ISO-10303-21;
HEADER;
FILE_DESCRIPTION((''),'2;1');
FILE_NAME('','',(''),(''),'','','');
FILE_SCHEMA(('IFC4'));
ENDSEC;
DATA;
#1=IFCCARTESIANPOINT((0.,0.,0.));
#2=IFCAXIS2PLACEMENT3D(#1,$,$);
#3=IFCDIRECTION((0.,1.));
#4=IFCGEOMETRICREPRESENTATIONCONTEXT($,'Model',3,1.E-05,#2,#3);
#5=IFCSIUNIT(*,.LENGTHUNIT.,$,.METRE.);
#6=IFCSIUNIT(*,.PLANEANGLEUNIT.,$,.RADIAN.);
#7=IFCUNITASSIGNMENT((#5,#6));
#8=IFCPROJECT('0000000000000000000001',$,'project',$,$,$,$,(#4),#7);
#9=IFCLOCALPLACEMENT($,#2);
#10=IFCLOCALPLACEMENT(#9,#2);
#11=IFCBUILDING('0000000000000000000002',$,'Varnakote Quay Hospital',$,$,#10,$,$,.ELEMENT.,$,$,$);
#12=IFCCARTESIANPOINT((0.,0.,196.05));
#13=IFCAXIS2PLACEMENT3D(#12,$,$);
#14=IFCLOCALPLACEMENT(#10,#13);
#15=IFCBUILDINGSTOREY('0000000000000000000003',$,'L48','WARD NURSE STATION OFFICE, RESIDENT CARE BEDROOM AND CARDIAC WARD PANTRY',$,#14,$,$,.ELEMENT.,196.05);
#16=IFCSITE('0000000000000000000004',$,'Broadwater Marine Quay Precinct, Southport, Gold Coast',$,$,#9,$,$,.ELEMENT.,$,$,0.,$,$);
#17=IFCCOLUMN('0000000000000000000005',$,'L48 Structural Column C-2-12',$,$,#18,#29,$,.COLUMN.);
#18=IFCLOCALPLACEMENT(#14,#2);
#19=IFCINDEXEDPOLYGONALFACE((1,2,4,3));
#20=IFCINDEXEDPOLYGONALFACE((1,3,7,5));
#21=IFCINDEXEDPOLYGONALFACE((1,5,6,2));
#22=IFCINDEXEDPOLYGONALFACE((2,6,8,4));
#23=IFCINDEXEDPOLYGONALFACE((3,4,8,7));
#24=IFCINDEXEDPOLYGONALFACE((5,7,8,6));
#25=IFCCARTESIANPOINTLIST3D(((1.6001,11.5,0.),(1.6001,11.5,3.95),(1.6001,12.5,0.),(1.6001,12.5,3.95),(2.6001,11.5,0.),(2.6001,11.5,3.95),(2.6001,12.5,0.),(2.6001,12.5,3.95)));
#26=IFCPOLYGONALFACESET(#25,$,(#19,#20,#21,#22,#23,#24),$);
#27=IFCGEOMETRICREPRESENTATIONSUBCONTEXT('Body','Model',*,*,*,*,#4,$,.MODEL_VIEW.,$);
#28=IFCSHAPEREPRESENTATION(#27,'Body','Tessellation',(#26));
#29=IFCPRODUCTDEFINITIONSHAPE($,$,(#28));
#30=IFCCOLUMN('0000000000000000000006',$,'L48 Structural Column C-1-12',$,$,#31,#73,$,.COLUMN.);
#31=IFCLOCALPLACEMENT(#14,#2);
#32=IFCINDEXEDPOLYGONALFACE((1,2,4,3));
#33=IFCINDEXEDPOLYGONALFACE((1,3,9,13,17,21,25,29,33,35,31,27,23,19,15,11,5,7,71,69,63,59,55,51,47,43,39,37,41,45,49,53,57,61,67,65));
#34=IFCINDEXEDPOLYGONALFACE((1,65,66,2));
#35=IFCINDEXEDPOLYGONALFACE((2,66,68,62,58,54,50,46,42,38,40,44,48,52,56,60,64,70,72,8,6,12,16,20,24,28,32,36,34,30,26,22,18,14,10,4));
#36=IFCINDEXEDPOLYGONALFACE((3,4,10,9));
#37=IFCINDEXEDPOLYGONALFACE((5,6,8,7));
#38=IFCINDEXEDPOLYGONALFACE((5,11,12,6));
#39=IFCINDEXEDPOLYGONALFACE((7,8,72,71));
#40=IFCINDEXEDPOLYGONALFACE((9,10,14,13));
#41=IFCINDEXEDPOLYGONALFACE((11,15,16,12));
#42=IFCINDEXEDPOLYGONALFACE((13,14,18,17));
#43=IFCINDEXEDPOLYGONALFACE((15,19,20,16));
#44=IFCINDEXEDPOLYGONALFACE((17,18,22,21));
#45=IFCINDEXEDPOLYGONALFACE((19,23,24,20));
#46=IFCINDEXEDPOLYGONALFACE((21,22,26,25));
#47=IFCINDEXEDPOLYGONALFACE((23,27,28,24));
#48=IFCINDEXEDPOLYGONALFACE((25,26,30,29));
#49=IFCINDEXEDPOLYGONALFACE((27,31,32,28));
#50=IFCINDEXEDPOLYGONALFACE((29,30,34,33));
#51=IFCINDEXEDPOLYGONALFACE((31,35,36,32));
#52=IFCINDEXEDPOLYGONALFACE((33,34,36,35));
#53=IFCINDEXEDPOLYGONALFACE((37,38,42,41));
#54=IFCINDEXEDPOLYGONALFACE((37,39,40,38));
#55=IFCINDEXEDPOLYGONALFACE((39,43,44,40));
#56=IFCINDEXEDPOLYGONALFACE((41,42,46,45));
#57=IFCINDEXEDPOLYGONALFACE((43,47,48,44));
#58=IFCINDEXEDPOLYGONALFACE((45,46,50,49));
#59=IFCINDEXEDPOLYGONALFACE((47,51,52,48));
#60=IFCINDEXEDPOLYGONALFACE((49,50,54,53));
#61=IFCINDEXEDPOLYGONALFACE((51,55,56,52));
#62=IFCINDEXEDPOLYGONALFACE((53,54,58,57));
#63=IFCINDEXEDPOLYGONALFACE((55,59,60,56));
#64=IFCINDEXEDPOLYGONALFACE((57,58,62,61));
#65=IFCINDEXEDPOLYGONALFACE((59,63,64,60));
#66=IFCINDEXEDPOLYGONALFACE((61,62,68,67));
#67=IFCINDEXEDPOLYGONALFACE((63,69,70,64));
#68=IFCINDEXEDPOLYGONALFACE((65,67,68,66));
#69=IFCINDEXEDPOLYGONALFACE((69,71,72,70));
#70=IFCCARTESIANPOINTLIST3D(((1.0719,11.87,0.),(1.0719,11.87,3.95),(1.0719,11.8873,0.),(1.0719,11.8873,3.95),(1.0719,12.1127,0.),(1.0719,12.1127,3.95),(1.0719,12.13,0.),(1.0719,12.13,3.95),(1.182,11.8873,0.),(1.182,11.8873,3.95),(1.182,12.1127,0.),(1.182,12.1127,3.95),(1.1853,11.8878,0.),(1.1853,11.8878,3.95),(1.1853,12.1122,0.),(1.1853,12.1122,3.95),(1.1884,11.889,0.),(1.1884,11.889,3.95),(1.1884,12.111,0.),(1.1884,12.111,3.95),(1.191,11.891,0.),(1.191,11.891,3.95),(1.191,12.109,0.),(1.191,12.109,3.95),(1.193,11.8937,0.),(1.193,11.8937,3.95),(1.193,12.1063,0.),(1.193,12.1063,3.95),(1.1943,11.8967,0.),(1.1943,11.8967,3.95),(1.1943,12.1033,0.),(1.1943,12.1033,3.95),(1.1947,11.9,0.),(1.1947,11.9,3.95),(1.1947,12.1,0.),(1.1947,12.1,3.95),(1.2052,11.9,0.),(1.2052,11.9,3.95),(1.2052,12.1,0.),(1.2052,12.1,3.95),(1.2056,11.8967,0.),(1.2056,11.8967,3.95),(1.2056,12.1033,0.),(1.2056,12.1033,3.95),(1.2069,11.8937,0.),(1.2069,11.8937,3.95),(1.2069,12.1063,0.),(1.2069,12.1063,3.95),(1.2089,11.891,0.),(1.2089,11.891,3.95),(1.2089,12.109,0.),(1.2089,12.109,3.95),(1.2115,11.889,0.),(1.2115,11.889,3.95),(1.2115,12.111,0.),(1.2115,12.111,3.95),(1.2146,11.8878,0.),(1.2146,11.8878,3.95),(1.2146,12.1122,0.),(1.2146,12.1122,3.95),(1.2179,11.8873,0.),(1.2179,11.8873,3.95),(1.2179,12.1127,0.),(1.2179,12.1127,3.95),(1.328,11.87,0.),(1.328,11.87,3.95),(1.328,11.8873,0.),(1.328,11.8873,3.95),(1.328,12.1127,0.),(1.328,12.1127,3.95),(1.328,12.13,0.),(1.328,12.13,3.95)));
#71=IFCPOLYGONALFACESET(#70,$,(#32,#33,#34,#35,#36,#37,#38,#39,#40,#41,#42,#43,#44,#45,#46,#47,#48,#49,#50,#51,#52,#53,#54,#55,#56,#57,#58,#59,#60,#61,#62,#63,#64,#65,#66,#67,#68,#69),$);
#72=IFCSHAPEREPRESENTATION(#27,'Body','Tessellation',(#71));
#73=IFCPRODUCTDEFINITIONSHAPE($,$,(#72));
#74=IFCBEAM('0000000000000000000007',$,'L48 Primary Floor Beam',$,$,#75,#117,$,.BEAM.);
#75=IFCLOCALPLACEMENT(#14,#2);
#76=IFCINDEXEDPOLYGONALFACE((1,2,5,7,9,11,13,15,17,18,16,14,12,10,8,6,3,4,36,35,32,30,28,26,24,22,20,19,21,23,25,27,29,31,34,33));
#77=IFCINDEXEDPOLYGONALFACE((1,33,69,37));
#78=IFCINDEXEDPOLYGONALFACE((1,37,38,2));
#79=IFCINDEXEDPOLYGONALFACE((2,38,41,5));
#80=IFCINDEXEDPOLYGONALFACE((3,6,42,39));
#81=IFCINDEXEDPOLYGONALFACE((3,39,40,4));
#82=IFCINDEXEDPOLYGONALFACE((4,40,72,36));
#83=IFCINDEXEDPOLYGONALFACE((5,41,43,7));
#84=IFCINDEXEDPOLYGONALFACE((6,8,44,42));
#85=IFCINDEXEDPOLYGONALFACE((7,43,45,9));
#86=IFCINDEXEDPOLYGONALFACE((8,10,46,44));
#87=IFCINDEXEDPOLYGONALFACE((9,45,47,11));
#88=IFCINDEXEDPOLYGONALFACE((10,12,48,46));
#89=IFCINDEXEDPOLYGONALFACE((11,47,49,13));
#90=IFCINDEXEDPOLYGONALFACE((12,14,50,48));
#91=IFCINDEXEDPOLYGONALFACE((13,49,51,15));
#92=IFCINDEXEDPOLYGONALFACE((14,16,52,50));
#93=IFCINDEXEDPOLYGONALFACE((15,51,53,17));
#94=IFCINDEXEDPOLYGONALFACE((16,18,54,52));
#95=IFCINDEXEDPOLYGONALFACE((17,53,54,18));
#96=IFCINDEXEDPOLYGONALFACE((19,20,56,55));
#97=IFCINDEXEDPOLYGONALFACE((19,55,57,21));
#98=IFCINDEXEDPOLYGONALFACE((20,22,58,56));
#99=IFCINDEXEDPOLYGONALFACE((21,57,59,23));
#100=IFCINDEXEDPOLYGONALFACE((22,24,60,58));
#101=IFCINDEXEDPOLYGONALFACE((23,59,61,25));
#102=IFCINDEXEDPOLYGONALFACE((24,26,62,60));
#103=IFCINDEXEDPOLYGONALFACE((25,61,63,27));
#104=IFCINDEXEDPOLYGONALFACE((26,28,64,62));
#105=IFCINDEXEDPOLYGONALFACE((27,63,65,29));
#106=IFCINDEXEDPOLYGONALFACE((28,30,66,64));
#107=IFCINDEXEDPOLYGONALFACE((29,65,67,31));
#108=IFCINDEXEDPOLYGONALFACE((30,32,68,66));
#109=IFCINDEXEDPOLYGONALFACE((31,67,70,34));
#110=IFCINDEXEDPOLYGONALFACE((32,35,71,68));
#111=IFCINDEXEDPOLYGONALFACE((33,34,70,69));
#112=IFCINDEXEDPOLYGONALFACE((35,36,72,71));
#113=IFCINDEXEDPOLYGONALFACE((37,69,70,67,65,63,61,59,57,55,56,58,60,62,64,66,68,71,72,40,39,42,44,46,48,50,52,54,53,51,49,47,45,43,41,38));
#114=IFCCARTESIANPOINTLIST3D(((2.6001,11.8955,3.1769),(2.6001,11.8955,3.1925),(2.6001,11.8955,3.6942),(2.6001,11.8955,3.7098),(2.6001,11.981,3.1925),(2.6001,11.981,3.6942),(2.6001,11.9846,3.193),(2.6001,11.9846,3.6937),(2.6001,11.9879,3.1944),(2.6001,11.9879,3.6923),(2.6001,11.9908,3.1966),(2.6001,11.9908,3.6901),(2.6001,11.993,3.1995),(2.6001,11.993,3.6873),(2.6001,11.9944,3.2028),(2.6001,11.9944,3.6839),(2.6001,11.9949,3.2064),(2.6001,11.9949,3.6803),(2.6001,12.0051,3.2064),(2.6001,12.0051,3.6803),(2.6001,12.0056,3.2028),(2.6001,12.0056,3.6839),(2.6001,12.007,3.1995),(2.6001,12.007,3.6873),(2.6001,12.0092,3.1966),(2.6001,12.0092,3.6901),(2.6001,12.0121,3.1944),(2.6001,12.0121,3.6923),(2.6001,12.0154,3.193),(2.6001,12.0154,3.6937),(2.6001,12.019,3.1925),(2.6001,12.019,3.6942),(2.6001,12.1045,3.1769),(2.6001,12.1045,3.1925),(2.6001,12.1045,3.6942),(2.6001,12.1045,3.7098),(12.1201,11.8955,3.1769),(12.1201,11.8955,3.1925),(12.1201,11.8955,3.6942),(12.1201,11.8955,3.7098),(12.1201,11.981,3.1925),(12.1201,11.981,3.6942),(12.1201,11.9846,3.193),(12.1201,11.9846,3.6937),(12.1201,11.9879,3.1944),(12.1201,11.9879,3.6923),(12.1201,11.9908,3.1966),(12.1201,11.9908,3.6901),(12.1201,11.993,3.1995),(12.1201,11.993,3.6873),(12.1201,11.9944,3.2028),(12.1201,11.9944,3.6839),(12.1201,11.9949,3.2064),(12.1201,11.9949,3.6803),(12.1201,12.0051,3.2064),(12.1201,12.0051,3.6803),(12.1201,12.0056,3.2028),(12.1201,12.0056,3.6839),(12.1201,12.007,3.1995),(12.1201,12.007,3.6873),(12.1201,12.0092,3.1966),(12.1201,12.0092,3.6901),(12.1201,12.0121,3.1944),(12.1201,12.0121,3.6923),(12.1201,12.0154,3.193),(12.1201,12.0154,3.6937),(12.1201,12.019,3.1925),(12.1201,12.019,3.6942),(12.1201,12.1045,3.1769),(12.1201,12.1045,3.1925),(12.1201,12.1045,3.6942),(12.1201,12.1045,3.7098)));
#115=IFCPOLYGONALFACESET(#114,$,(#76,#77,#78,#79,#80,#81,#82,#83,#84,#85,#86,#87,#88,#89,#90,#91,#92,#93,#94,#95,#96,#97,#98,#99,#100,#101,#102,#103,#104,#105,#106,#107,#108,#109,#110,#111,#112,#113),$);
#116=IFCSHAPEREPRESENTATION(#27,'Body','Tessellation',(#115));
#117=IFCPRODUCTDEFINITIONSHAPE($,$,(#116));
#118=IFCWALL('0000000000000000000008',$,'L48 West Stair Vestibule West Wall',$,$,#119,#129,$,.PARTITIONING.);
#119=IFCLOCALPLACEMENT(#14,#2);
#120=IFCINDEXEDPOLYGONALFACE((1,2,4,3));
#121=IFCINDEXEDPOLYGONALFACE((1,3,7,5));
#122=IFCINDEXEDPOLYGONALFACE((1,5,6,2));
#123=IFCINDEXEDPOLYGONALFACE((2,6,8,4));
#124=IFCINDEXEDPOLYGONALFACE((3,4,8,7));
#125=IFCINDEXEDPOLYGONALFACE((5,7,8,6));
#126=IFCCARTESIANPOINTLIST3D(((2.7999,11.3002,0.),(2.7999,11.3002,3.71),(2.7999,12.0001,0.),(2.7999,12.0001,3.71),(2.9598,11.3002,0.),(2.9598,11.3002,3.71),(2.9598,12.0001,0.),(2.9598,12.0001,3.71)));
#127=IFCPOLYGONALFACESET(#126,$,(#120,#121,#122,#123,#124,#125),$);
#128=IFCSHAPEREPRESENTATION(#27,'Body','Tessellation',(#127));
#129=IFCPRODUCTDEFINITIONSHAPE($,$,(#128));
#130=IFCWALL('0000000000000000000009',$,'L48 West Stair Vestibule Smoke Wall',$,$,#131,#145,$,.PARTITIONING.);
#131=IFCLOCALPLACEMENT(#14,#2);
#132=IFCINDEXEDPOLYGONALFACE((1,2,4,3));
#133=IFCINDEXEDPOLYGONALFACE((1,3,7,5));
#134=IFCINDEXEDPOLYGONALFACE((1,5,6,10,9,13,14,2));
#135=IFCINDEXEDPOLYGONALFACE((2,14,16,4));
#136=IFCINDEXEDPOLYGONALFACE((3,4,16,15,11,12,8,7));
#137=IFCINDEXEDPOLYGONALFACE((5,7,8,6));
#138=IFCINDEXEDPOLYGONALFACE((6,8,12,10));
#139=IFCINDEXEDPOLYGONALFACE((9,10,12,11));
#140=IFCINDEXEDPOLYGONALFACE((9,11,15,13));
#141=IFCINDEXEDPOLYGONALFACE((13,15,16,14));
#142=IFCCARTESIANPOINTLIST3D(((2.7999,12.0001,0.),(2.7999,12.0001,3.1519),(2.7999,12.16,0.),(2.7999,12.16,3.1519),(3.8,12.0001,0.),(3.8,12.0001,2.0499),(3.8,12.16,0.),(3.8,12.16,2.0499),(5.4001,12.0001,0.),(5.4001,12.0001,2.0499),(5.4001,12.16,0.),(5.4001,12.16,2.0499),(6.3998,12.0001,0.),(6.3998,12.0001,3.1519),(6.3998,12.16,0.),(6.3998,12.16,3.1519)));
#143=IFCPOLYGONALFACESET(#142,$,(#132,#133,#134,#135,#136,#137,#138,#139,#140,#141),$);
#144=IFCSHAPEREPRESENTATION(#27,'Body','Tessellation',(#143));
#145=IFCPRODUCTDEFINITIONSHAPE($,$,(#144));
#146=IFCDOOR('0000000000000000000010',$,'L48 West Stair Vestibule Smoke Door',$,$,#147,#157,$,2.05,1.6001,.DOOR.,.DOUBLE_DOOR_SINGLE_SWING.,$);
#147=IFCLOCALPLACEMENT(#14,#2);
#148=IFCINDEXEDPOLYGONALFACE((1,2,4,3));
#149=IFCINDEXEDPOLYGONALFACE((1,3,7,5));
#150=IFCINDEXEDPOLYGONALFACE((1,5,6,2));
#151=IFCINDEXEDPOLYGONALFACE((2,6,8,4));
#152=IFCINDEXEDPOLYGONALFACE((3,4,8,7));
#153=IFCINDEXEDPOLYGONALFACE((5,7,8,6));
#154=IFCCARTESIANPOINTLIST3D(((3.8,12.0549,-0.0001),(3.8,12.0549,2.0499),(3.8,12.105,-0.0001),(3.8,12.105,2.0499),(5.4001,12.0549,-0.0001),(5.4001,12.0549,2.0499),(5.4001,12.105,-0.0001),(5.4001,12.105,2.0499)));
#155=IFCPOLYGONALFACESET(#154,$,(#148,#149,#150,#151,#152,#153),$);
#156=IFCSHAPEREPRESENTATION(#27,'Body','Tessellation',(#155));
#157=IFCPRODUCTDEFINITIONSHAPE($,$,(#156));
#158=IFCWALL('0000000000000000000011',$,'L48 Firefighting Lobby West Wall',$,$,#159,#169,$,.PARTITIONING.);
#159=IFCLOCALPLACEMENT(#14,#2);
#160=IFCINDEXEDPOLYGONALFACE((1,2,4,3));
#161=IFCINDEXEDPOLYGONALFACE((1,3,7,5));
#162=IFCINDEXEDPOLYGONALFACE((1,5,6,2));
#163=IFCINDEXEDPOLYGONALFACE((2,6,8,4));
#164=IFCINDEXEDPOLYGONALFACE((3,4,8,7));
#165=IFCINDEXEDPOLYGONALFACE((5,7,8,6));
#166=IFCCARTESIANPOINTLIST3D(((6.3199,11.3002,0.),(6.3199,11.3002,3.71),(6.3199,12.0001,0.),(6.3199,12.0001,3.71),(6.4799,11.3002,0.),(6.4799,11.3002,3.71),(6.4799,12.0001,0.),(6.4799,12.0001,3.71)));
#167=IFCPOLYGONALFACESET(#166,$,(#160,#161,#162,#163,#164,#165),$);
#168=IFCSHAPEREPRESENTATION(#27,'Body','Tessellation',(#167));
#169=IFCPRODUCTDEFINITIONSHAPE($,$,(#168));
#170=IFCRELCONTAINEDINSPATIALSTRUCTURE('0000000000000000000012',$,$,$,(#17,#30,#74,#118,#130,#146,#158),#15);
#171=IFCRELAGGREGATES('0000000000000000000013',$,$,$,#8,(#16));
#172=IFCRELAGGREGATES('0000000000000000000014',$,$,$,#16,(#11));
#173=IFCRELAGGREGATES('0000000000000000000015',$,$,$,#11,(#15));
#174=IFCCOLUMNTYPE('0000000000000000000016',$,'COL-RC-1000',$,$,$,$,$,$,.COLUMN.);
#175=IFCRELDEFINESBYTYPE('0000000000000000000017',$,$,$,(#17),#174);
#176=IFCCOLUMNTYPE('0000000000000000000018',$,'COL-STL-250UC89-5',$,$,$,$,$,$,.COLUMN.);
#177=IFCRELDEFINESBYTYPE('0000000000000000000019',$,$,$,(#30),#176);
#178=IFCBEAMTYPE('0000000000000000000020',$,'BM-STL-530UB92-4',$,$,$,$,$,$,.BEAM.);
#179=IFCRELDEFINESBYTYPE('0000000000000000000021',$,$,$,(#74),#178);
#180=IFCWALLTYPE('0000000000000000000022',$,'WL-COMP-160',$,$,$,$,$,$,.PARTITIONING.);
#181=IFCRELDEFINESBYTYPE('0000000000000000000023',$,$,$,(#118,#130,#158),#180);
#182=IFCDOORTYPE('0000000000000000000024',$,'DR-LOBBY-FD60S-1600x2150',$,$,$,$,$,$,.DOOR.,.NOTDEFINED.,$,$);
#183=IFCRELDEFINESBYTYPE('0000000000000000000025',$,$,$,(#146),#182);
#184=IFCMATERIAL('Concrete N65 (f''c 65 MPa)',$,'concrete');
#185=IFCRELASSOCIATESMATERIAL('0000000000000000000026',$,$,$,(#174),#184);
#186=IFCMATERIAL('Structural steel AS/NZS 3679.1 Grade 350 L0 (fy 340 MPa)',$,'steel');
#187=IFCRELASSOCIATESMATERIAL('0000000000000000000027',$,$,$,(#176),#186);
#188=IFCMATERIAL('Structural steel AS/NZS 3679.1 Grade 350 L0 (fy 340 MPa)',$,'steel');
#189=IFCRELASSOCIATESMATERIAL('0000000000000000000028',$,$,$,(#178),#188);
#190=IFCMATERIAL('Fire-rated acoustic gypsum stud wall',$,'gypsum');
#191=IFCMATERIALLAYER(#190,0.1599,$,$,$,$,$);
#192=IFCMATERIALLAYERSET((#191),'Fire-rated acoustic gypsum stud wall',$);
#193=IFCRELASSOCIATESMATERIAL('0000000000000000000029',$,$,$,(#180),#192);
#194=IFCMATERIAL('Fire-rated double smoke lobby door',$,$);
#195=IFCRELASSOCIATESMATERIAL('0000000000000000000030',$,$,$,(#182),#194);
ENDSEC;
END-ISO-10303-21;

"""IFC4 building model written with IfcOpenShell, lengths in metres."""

from ifc_helpers import new_model, si_unit, direction, frame, frame_2d, origin, origin_2d, place, context, subcontext, project, spatial, rectangle, i_section, extrude, material, layer, layer_set, material_profile, profile_set, type_object, element, fill, save


model = new_model("IFC4")

# Units and contexts
model_context = context("Model", 3, precision=1e-05, world=origin(), true_north=direction((0.0, 1.0)))
body_context = subcontext(model_context, "Body", "Model", "MODEL_VIEW")
ifc_project = project(units=[si_unit("LENGTHUNIT", "METRE"), si_unit("PLANEANGLEUNIT", "RADIAN")], contexts=[model_context])

# Site, building, storey
site_placement = place(None, origin())
site = spatial("IfcSite", under=ifc_project, at=site_placement, Name="Broadwater Marine Quay Precinct, Southport, Gold Coast", CompositionType="ELEMENT", RefElevation=0.0)
building_placement = place(site_placement, origin())
building = spatial("IfcBuilding", under=site, at=building_placement, Name="Varnakote Quay Hospital", CompositionType="ELEMENT")
storey_placement = place(building_placement, frame((0.0, 0.0, 196.05)))
storey = spatial("IfcBuildingStorey", under=building, at=storey_placement, Name="L48", Description="WARD NURSE STATION OFFICE, RESIDENT CARE BEDROOM AND CARDIAC WARD PANTRY", CompositionType="ELEMENT", Elevation=196.05)

# Columns
ifc_material_1 = material(Name="Concrete N65 (f'c 65 MPa)", Category="concrete")
ifc_material_profile_1 = material_profile(ifc_material_1, rectangle(XDim=1.0, YDim=1.0, at=origin_2d()), Name="RC-COL-1000x1000")
ifc_profile_set_1 = profile_set([ifc_material_profile_1], Name="Concrete N65 (f'c 65 MPa)")
column_type_1 = type_object("IfcColumnType", Name="COL-RC-1000", PredefinedType="COLUMN", material=ifc_profile_set_1)
column_1_placement = place(storey_placement, frame((2.1001, 12.0, 0.0), z_axis=(0.0, 0.0, 1.0), x_axis=(1.0, 0.0, 0.0)))
element("IfcColumn", 1, at=column_1_placement, inside=storey, type_object=column_type_1, Name="L48 Structural Column C-2-12", PredefinedType="COLUMN", context=body_context, shape_type="SweptSolid", body=[
    extrude(rectangle(XDim=1.0, YDim=1.0, at=origin_2d()), origin(), (0.0, 0.0, 1.0), 3.95),
])
ifc_material_2 = material(Name="Structural steel AS/NZS 3679.1 Grade 350 L0 (fy 340 MPa)", Category="steel")
ifc_material_profile_2 = material_profile(ifc_material_2, i_section(OverallWidth=0.2561, OverallDepth=0.26, WebThickness=0.0105, FlangeThickness=0.0173, FilletRadius=0.0127, at=origin_2d()), Name="250UC89.5")
ifc_profile_set_2 = profile_set([ifc_material_profile_2], Name="Structural steel AS/NZS 3679.1 Grade 350 L0 (fy 340 MPa)")
column_type_2 = type_object("IfcColumnType", Name="COL-STL-250UC89-5", PredefinedType="COLUMN", material=ifc_profile_set_2)
column_2_placement = place(storey_placement, frame((1.2, 12.0, 0.0), z_axis=(0.0, 0.0, 1.0), x_axis=(1.0, 0.0, 0.0)))
element("IfcColumn", 2, at=column_2_placement, inside=storey, type_object=column_type_2, Name="L48 Structural Column C-1-12", PredefinedType="COLUMN", context=body_context, shape_type="SweptSolid", body=[
    extrude(i_section(OverallWidth=0.2561, OverallDepth=0.26, WebThickness=0.0105, FlangeThickness=0.0173, FilletRadius=0.0127, at=origin_2d()), origin(), (0.0, 0.0, 1.0), 3.95),
])

# Beam
ifc_material_3 = material(Name="Structural steel AS/NZS 3679.1 Grade 350 L0 (fy 340 MPa)", Category="steel")
ifc_material_profile_3 = material_profile(ifc_material_3, i_section(OverallWidth=0.209, OverallDepth=0.533, WebThickness=0.0103, FlangeThickness=0.0156, FilletRadius=0.0139, at=origin_2d()), Name="530UB92.4")
ifc_profile_set_3 = profile_set([ifc_material_profile_3], Name="Structural steel AS/NZS 3679.1 Grade 350 L0 (fy 340 MPa)")
beam_type = type_object("IfcBeamType", Name="BM-STL-530UB92-4", PredefinedType="BEAM", material=ifc_profile_set_3)
beam_placement = place(storey_placement, frame((2.6001, 12.0, 3.4434), z_axis=(1.0, 0.0, 0.0), x_axis=(0.0, 1.0, 0.0)))
element("IfcBeam", 3, at=beam_placement, inside=storey, type_object=beam_type, Name="L48 Primary Floor Beam", PredefinedType="BEAM", context=body_context, shape_type="SweptSolid", body=[
    extrude(i_section(OverallWidth=0.209, OverallDepth=0.533, WebThickness=0.0103, FlangeThickness=0.0156, FilletRadius=0.0139, at=origin_2d()), origin(), (0.0, 0.0, 1.0), 9.52),
])

# Wall
ifc_material_4 = material(Name="Fire-rated acoustic gypsum stud wall", Category="gypsum")
ifc_layer_1 = layer(ifc_material_4, 0.1599)
ifc_layer_set_1 = layer_set([ifc_layer_1], Name="Fire-rated acoustic gypsum stud wall")
wall_type_1 = type_object("IfcWallType", Name="WL-COMP-160", PredefinedType="PARTITIONING", material=ifc_layer_set_1)
wall_1_placement = place(storey_placement, frame((2.8799, 11.3, 0.0), z_axis=(0.0, 0.0, 1.0), x_axis=(0.0, 1.0, 0.0)))
element("IfcWall", 4, at=wall_1_placement, inside=storey, type_object=wall_type_1, Name="L48 West Stair Vestibule West Wall", PredefinedType="PARTITIONING", context=body_context, shape_type="SweptSolid", body=[
    extrude(rectangle(XDim=0.7, YDim=0.1599, at=frame_2d((0.3501, 0.0))), origin(), (0.0, 0.0, 1.0), 3.71),
])

# Wall, opening, door
wall_2_placement = place(storey_placement, frame((2.8, 12.0801, 0.0), z_axis=(0.0, 0.0, 1.0), x_axis=(1.0, 0.0, 0.0)))
wall_2 = element("IfcWall", 5, at=wall_2_placement, inside=storey, type_object=wall_type_1, Name="L48 West Stair Vestibule Smoke Wall", PredefinedType="PARTITIONING", context=body_context, shape_type="SweptSolid", body=[
    extrude(rectangle(XDim=3.5999, YDim=0.1599, at=frame_2d((1.7998, 0.0))), origin(), (0.0, 0.0, 1.0), 3.1519),
])
opening_1_placement = place(wall_2_placement, frame((1.0, 0.0, 0.0)))
opening_1 = element("IfcOpeningElement", 6, at=opening_1_placement, cuts=wall_2, PredefinedType="OPENING", context=body_context, shape_type="SweptSolid", body=[
    extrude(rectangle(XDim=1.6001, YDim=2.05, at=frame_2d((0.8, 1.0249))), frame((0.0, 0.0898, 0.0), z_axis=(0.0, -1.0, 0.0), x_axis=(1.0, 0.0, 0.0)), (0.0, 0.0, 1.0), 0.1799),
])
ifc_material_5 = material(Name="Fire-rated double smoke lobby door")
door_type_1 = type_object("IfcDoorType", Name="DR-LOBBY-FD60S-1600x2150", OperationType="NOTDEFINED", PredefinedType="DOOR", material=ifc_material_5)
door_1_placement = place(opening_1_placement, origin())
door_1 = element("IfcDoor", 7, at=door_1_placement, inside=storey, type_object=door_type_1, Name="L48 West Stair Vestibule Smoke Door", OperationType="DOUBLE_DOOR_SINGLE_SWING", OverallHeight=2.05, OverallWidth=1.6001, PredefinedType="DOOR", context=body_context, shape_type="SweptSolid", body=[
    extrude(rectangle(XDim=1.6001, YDim=2.05, at=frame_2d((0.8, 1.0249))), frame((0.0, 0.0249, 0.0), z_axis=(0.0, -1.0, 0.0), x_axis=(1.0, 0.0, 0.0)), (0.0, 0.0, 1.0), 0.05),
])
fill(opening_1, door_1)

# Wall
wall_3_placement = place(storey_placement, frame((6.3999, 11.3, 0.0), z_axis=(0.0, 0.0, 1.0), x_axis=(0.0, 1.0, 0.0)))
element("IfcWall", 8, at=wall_3_placement, inside=storey, type_object=wall_type_1, Name="L48 Firefighting Lobby West Wall", PredefinedType="PARTITIONING", context=body_context, shape_type="SweptSolid", body=[
    extrude(rectangle(XDim=0.7, YDim=0.1599, at=frame_2d((0.3501, 0.0))), origin(), (0.0, 0.0, 1.0), 3.71),
])

save(model, "model.ifc")
